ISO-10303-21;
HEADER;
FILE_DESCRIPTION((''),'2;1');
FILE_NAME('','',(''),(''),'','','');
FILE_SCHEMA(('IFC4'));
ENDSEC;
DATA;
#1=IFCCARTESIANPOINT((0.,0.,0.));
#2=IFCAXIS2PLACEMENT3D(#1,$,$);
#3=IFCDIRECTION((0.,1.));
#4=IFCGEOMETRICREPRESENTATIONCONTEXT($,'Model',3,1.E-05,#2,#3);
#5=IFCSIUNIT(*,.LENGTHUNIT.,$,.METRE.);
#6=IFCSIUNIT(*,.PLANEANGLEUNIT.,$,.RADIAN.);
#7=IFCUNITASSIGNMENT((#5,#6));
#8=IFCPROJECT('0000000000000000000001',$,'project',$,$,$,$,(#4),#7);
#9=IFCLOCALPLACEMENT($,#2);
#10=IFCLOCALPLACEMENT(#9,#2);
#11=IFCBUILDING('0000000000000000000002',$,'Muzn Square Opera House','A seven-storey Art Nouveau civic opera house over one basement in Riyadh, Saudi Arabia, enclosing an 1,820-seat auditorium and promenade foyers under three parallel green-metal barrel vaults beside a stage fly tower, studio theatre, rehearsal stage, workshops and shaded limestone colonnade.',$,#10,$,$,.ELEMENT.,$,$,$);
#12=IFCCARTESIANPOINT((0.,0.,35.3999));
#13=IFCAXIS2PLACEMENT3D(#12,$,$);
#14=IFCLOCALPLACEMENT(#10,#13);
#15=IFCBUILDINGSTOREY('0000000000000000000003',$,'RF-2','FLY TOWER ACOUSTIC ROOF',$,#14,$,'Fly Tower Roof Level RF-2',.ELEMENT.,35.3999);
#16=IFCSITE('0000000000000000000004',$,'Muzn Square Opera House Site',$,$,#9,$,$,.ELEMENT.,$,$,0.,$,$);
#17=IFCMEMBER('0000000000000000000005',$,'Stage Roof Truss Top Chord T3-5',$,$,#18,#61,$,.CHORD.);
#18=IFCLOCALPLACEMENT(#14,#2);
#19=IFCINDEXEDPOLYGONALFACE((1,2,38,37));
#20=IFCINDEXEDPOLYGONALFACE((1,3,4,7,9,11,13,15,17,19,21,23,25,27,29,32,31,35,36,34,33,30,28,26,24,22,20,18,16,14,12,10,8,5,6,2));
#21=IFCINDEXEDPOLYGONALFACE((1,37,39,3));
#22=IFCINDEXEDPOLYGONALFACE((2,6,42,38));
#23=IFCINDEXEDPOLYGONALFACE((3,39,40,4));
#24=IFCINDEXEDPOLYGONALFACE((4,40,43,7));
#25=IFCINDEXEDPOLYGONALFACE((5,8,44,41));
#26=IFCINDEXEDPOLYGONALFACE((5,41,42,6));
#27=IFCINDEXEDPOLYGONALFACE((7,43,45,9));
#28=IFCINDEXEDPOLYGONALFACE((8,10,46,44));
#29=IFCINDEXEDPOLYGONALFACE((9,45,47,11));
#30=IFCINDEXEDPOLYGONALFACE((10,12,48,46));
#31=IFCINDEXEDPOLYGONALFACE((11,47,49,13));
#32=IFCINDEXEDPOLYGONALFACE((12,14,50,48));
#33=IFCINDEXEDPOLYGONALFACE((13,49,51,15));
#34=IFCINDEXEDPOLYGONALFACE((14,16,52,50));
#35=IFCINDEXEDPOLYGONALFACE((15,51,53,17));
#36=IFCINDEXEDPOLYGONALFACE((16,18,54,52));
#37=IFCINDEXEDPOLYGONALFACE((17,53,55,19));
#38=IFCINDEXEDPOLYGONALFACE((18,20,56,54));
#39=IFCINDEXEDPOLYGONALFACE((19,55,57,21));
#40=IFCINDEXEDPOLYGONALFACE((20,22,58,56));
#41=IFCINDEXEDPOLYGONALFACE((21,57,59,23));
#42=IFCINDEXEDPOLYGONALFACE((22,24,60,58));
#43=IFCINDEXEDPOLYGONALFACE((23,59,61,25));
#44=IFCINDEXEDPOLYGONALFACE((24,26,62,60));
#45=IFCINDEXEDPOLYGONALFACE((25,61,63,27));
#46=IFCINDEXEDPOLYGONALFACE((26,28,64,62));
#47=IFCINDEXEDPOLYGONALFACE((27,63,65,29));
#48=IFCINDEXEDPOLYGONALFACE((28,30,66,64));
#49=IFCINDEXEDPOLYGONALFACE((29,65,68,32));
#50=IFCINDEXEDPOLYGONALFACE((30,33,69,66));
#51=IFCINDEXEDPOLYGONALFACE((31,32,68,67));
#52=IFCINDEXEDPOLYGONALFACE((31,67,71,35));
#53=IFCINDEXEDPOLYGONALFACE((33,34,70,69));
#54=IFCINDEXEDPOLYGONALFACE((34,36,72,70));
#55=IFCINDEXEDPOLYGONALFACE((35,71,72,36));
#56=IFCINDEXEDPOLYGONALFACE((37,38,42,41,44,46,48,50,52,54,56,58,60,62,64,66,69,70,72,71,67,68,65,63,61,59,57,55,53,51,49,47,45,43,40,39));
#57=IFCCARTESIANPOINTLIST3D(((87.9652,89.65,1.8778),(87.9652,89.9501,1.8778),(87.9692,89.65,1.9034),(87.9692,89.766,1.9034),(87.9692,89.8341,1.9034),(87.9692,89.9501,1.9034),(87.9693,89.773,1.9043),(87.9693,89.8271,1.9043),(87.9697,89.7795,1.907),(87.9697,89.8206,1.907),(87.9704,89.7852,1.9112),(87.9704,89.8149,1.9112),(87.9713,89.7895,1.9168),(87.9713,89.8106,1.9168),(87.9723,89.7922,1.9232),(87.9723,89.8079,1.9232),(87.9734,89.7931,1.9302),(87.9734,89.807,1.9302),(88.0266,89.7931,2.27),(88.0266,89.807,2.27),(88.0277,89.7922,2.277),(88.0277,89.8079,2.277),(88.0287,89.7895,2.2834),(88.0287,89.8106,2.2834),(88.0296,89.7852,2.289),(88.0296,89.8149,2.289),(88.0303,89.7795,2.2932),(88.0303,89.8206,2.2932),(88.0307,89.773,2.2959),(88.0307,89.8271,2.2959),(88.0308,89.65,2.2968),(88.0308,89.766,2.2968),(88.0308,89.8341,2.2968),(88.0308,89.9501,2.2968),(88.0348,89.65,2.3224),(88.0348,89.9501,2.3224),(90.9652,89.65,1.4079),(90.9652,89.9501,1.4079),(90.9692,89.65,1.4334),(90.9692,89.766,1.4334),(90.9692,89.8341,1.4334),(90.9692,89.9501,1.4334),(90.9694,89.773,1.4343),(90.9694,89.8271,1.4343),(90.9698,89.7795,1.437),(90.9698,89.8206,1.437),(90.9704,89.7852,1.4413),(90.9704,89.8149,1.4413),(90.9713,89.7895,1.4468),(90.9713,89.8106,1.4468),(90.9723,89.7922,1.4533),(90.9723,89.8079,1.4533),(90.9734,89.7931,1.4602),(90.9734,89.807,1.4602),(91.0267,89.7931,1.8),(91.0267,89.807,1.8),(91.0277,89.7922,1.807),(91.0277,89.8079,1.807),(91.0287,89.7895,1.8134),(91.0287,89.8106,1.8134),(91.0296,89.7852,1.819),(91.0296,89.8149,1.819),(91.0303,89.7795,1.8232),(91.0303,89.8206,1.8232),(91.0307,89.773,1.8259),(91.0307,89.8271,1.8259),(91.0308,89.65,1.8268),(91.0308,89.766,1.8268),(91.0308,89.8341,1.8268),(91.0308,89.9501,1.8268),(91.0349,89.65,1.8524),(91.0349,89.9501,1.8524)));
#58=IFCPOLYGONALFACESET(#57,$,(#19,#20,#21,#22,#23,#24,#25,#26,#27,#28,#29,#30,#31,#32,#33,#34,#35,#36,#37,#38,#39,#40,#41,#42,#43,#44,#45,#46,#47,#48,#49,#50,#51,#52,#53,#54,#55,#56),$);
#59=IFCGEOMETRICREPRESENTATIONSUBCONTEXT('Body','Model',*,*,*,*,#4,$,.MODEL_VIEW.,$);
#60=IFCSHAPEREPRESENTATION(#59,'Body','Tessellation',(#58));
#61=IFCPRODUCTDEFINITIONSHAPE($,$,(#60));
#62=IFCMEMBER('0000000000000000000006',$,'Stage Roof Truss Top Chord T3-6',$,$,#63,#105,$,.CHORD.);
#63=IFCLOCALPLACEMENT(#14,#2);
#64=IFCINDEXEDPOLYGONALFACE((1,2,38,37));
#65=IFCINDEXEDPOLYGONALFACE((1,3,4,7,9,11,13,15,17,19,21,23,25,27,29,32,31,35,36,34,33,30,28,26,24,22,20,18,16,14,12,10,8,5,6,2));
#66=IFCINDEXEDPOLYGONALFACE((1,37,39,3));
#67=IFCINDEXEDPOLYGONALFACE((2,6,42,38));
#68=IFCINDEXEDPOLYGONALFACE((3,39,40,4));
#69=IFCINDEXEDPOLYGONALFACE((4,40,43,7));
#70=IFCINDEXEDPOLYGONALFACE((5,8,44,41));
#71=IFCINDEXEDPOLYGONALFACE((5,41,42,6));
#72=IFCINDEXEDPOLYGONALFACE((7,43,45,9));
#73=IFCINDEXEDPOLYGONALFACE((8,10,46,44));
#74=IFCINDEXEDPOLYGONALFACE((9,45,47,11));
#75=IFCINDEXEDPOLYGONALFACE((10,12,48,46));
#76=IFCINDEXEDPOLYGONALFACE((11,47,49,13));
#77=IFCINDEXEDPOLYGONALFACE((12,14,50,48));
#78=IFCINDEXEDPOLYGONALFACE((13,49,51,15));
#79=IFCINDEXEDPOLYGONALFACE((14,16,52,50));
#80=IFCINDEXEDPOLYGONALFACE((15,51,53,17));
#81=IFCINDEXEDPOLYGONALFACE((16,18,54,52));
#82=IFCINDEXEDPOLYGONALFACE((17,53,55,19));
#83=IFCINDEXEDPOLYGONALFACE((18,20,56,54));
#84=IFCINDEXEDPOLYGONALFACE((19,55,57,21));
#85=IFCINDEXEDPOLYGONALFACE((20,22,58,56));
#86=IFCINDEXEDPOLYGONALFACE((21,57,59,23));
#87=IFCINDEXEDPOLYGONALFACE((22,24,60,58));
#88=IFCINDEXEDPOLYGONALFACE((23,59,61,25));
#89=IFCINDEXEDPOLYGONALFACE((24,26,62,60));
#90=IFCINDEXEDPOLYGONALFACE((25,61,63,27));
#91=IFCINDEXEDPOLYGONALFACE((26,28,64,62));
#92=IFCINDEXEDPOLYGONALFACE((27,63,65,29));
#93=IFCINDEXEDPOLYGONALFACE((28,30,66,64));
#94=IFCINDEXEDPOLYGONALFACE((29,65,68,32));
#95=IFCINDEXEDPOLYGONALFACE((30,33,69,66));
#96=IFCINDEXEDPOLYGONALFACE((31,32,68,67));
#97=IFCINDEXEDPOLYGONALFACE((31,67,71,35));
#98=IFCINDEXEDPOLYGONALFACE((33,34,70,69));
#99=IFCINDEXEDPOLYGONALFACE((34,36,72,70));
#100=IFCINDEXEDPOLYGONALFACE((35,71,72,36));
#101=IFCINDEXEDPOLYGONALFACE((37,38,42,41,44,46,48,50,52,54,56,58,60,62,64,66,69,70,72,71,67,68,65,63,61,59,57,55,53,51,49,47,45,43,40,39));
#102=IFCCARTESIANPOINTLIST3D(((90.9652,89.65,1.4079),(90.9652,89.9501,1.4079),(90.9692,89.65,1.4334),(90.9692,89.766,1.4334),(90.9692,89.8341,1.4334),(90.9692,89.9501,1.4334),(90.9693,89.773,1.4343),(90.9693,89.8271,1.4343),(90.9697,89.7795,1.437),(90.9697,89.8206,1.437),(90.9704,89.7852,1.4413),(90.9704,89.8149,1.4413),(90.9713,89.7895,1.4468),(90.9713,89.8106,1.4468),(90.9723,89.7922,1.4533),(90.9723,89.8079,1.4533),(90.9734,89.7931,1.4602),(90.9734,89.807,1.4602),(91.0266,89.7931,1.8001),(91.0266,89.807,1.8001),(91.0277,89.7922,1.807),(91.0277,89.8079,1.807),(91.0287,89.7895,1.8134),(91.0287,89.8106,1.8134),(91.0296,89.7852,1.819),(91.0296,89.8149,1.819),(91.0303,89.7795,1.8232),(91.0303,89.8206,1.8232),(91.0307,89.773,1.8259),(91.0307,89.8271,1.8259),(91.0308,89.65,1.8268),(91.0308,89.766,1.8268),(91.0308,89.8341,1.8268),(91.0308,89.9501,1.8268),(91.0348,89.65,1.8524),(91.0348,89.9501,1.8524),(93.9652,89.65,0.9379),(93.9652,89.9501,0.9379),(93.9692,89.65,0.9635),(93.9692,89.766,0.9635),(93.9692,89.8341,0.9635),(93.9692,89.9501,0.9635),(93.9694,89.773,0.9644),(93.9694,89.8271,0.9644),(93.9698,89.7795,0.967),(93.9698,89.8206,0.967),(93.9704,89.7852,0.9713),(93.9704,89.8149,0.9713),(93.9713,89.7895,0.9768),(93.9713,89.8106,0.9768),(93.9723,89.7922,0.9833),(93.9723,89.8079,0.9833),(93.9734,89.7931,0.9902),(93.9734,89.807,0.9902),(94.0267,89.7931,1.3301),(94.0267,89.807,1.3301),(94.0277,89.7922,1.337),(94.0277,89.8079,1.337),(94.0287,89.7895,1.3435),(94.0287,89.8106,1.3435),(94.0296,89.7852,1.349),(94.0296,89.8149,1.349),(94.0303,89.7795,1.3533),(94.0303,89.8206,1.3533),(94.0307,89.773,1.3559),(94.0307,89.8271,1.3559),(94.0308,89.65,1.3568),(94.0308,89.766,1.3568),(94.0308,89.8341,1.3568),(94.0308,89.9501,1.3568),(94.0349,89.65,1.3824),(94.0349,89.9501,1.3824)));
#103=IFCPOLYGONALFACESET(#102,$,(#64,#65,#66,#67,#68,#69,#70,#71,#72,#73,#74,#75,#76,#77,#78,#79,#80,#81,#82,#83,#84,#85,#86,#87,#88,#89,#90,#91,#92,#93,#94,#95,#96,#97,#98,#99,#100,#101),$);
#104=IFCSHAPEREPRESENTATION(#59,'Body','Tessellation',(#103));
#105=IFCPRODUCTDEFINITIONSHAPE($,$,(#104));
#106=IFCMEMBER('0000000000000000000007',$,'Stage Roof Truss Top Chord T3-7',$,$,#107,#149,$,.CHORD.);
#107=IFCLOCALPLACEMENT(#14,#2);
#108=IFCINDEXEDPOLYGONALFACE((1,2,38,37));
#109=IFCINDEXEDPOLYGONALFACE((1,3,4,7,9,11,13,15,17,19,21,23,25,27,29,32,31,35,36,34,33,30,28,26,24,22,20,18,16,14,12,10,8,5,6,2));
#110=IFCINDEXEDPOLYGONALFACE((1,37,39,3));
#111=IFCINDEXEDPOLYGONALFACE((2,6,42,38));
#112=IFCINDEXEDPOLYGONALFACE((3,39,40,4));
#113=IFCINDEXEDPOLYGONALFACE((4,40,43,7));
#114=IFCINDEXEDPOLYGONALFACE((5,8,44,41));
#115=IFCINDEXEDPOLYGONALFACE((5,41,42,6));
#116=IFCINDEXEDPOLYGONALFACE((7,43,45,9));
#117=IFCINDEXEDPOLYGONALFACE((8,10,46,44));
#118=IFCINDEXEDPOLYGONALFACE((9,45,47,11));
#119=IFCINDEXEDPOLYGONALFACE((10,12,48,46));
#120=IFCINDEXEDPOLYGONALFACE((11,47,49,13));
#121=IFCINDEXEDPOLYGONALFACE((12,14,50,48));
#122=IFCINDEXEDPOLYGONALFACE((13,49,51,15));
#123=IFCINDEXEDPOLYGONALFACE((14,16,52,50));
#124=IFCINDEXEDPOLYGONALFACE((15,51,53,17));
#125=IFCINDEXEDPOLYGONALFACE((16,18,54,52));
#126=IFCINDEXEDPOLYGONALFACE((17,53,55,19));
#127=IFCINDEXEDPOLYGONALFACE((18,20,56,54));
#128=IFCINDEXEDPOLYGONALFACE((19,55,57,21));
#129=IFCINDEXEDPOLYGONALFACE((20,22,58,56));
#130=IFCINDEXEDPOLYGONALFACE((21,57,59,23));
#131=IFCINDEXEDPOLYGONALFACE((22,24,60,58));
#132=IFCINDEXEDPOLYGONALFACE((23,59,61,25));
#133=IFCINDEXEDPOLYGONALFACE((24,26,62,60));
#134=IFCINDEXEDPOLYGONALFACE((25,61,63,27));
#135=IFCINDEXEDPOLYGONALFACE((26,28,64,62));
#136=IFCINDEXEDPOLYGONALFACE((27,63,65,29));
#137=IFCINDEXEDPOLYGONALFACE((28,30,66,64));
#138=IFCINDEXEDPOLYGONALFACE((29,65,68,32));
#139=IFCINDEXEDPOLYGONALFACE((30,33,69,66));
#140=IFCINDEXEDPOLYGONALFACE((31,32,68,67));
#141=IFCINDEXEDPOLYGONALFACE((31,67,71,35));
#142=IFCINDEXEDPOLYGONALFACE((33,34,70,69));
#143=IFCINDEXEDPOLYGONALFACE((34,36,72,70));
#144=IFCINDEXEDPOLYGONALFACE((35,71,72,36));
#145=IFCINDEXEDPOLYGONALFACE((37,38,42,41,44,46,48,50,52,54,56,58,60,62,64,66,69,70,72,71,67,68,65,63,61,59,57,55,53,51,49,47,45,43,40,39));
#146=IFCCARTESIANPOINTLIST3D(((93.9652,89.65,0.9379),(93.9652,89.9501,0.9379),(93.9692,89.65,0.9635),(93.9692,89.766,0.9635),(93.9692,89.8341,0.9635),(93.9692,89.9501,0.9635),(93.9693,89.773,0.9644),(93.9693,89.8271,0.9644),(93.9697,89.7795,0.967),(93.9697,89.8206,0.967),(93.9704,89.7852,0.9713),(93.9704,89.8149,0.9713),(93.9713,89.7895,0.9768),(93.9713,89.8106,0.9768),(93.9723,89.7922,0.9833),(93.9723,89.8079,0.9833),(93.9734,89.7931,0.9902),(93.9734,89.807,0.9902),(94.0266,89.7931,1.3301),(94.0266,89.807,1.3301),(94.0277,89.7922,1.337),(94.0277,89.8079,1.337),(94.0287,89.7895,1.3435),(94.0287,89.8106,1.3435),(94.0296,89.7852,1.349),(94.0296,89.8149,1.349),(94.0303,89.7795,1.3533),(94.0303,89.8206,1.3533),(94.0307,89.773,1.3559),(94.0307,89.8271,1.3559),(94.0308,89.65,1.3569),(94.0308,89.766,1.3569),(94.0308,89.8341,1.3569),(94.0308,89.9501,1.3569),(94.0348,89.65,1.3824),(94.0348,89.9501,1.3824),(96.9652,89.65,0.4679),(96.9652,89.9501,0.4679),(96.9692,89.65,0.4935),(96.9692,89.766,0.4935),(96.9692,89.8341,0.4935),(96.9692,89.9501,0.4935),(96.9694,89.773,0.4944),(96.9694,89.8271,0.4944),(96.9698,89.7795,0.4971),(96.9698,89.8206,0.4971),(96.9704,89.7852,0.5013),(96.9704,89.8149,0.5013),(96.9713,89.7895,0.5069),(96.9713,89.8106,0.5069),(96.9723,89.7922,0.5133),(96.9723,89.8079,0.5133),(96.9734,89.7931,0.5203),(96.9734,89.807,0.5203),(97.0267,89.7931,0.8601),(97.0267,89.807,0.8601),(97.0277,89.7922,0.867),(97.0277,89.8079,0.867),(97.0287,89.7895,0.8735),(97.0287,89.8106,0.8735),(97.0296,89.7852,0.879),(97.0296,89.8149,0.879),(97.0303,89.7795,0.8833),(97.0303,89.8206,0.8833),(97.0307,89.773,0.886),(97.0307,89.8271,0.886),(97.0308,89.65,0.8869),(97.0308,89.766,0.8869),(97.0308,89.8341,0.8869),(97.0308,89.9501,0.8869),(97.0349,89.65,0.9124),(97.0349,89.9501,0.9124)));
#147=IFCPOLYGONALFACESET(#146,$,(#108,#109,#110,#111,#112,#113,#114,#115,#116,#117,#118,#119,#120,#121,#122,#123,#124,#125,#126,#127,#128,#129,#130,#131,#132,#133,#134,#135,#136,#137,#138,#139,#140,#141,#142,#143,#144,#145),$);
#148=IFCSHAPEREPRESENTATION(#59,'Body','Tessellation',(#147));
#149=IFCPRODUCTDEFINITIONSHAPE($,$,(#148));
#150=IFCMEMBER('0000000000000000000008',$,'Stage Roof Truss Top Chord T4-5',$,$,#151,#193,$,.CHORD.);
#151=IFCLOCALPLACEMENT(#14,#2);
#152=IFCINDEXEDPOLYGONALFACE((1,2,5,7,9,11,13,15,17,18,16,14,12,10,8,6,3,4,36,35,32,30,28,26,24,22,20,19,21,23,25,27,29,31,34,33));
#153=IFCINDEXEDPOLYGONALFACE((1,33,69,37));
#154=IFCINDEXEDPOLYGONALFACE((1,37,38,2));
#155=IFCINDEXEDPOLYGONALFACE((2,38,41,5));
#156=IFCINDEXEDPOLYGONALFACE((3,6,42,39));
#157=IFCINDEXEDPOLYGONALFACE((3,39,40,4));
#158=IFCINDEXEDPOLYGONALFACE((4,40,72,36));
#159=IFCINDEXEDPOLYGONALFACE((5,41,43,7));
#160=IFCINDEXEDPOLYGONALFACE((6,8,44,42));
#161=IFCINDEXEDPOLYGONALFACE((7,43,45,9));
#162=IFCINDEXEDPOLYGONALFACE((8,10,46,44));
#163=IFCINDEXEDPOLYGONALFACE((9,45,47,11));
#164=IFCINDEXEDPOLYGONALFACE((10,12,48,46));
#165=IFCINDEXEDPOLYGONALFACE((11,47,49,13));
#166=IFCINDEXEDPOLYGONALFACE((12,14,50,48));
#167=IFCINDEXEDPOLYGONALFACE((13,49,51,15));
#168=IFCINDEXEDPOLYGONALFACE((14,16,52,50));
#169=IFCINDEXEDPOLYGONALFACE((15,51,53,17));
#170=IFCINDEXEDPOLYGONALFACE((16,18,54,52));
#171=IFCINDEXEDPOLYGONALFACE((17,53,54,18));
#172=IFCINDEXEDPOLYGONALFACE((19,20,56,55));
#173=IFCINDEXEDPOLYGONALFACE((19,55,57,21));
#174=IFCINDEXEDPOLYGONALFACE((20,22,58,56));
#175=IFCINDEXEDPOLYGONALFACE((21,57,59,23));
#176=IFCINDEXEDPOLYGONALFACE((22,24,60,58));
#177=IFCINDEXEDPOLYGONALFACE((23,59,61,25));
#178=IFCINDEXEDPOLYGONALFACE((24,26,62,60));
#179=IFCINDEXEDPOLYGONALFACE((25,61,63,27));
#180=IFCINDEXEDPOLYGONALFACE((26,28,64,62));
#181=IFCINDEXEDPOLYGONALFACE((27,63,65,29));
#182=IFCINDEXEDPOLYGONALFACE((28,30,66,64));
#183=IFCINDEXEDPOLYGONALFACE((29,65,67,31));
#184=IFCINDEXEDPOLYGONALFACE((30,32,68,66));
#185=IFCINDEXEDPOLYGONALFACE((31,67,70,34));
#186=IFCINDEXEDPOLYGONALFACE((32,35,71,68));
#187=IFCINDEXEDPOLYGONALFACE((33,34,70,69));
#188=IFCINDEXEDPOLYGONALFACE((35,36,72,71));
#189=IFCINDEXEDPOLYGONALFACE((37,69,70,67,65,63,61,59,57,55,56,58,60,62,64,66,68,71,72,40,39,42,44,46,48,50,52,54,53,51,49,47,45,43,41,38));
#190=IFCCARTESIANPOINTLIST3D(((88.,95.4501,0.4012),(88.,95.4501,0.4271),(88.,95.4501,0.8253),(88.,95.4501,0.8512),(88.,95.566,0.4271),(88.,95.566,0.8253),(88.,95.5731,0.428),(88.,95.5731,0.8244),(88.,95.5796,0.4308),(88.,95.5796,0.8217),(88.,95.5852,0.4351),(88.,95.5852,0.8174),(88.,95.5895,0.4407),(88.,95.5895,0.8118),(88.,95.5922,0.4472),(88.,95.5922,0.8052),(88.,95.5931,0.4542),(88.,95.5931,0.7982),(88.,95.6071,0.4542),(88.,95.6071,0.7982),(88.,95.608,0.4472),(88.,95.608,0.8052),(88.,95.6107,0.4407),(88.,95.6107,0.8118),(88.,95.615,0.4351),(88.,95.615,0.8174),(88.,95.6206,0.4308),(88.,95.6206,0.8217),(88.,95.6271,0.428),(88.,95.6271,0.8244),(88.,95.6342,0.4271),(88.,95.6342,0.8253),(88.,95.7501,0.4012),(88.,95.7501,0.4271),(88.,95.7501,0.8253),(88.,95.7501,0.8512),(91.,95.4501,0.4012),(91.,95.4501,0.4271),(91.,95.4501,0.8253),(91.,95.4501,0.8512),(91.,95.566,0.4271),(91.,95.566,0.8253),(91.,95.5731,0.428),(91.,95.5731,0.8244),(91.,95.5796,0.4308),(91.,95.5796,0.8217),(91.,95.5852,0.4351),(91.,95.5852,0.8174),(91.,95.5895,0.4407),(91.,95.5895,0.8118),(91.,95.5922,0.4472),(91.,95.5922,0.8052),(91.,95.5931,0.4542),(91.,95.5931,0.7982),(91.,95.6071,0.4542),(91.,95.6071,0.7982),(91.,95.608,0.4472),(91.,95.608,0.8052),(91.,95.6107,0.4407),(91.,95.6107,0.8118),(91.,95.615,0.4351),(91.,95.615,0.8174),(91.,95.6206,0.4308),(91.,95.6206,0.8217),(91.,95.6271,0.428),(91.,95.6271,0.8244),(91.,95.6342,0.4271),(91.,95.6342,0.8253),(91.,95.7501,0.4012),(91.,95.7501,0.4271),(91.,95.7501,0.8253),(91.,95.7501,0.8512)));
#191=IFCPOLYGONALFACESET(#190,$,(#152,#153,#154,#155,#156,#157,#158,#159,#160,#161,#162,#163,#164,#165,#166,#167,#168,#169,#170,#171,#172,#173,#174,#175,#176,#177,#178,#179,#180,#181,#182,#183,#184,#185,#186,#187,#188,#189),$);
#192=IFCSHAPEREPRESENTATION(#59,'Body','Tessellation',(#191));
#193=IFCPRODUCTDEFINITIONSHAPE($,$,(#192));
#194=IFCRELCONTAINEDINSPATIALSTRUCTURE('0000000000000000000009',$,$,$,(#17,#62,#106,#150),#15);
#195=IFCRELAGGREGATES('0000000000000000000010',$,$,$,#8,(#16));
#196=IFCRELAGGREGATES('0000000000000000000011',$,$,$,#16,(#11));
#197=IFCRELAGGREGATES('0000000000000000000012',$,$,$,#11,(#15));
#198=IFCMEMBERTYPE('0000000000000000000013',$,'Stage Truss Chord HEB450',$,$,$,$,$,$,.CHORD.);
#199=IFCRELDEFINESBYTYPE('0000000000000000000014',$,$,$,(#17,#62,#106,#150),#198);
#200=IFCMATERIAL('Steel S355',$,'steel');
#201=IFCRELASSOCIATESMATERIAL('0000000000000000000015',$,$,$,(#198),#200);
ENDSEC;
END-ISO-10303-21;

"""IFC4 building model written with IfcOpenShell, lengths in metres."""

from ifc_helpers import new_model, si_unit, direction, frame, origin, origin_2d, place, context, subcontext, project, spatial, i_section, extrude, material, material_profile, profile_set, type_object, element, save


model = new_model("IFC4")

# Units and contexts
model_context = context("Model", 3, precision=1e-05, world=origin(), true_north=direction((0.0, 1.0)))
body_context = subcontext(model_context, "Body", "Model", "MODEL_VIEW")
ifc_project = project(units=[si_unit("LENGTHUNIT", "METRE"), si_unit("PLANEANGLEUNIT", "RADIAN")], contexts=[model_context])

# Site, building, storey
site_placement = place(None, origin())
site = spatial("IfcSite", under=ifc_project, at=site_placement, Name="Muzn Square Opera House Site", CompositionType="ELEMENT", RefElevation=0.0)
building_placement = place(site_placement, origin())
building = spatial("IfcBuilding", under=site, at=building_placement, Name="Muzn Square Opera House", Description="A seven-storey Art Nouveau civic opera house over one basement in Riyadh, Saudi Arabia, enclosing an 1,820-seat auditorium and promenade foyers under three parallel green-metal barrel vaults beside a stage fly tower, studio theatre, rehearsal stage, workshops and shaded limestone colonnade.", CompositionType="ELEMENT")
storey_placement = place(building_placement, frame((0.0, 0.0, 35.3999)))
storey = spatial("IfcBuildingStorey", under=building, at=storey_placement, Name="RF-2", Description="FLY TOWER ACOUSTIC ROOF", LongName="Fly Tower Roof Level RF-2", CompositionType="ELEMENT", Elevation=35.3999)

# Members
ifc_material = material(Name="Steel S355", Category="steel")
ifc_material_profile_1 = material_profile(ifc_material, i_section(OverallWidth=0.3, OverallDepth=0.45, WebThickness=0.0139, FlangeThickness=0.0259, FilletRadius=0.0271, at=origin_2d()), Name="HEB 450", Category="steel")
ifc_profile_set_1 = profile_set([ifc_material_profile_1], Name="Steel S355")
member_type_1 = type_object("IfcMemberType", Name="Stage Truss Chord HEB450", PredefinedType="CHORD", material=ifc_profile_set_1)
for number, where, z_axis, x_axis, name in (
    (1, (88.0, 89.8, 2.1001), (0.987951, 0.0, -0.154769), (0.0, 1.0, 0.0), "Stage Roof Truss Top Chord T3-5"),
    (2, (91.0, 89.8, 1.6301), (0.987951, 0.0, -0.154769), (0.0, 1.0, 0.0), "Stage Roof Truss Top Chord T3-6"),
    (3, (94.0, 89.8, 1.1602), (0.987951, 0.0, -0.154769), (0.0, 1.0, 0.0), "Stage Roof Truss Top Chord T3-7"),
):
    element("IfcMember", number, at=place(storey_placement, frame(where, z_axis=z_axis, x_axis=x_axis)), inside=storey, type_object=member_type_1, Name=name, PredefinedType="CHORD", context=body_context, shape_type="SweptSolid", body=[
        extrude(i_section(OverallWidth=0.3, OverallDepth=0.45, WebThickness=0.0139, FlangeThickness=0.0259, FilletRadius=0.0271, at=origin_2d()), origin(), (0.0, 0.0, 1.0), 3.0366),
    ])
for number, where, z_axis, x_axis, name in (
    (4, (88.0, 95.6001, 0.6262), (1.0, 0.0, 0.0), (0.0, 1.0, 0.0), "Stage Roof Truss Top Chord T4-5"),
):
    element("IfcMember", number, at=place(storey_placement, frame(where, z_axis=z_axis, x_axis=x_axis)), inside=storey, type_object=member_type_1, Name=name, PredefinedType="CHORD", context=body_context, shape_type="SweptSolid", body=[
        extrude(i_section(OverallWidth=0.3, OverallDepth=0.45, WebThickness=0.0139, FlangeThickness=0.0259, FilletRadius=0.0271, at=origin_2d()), origin(), (0.0, 0.0, 1.0), 3.0),
    ])

save(model, "model.ifc")
